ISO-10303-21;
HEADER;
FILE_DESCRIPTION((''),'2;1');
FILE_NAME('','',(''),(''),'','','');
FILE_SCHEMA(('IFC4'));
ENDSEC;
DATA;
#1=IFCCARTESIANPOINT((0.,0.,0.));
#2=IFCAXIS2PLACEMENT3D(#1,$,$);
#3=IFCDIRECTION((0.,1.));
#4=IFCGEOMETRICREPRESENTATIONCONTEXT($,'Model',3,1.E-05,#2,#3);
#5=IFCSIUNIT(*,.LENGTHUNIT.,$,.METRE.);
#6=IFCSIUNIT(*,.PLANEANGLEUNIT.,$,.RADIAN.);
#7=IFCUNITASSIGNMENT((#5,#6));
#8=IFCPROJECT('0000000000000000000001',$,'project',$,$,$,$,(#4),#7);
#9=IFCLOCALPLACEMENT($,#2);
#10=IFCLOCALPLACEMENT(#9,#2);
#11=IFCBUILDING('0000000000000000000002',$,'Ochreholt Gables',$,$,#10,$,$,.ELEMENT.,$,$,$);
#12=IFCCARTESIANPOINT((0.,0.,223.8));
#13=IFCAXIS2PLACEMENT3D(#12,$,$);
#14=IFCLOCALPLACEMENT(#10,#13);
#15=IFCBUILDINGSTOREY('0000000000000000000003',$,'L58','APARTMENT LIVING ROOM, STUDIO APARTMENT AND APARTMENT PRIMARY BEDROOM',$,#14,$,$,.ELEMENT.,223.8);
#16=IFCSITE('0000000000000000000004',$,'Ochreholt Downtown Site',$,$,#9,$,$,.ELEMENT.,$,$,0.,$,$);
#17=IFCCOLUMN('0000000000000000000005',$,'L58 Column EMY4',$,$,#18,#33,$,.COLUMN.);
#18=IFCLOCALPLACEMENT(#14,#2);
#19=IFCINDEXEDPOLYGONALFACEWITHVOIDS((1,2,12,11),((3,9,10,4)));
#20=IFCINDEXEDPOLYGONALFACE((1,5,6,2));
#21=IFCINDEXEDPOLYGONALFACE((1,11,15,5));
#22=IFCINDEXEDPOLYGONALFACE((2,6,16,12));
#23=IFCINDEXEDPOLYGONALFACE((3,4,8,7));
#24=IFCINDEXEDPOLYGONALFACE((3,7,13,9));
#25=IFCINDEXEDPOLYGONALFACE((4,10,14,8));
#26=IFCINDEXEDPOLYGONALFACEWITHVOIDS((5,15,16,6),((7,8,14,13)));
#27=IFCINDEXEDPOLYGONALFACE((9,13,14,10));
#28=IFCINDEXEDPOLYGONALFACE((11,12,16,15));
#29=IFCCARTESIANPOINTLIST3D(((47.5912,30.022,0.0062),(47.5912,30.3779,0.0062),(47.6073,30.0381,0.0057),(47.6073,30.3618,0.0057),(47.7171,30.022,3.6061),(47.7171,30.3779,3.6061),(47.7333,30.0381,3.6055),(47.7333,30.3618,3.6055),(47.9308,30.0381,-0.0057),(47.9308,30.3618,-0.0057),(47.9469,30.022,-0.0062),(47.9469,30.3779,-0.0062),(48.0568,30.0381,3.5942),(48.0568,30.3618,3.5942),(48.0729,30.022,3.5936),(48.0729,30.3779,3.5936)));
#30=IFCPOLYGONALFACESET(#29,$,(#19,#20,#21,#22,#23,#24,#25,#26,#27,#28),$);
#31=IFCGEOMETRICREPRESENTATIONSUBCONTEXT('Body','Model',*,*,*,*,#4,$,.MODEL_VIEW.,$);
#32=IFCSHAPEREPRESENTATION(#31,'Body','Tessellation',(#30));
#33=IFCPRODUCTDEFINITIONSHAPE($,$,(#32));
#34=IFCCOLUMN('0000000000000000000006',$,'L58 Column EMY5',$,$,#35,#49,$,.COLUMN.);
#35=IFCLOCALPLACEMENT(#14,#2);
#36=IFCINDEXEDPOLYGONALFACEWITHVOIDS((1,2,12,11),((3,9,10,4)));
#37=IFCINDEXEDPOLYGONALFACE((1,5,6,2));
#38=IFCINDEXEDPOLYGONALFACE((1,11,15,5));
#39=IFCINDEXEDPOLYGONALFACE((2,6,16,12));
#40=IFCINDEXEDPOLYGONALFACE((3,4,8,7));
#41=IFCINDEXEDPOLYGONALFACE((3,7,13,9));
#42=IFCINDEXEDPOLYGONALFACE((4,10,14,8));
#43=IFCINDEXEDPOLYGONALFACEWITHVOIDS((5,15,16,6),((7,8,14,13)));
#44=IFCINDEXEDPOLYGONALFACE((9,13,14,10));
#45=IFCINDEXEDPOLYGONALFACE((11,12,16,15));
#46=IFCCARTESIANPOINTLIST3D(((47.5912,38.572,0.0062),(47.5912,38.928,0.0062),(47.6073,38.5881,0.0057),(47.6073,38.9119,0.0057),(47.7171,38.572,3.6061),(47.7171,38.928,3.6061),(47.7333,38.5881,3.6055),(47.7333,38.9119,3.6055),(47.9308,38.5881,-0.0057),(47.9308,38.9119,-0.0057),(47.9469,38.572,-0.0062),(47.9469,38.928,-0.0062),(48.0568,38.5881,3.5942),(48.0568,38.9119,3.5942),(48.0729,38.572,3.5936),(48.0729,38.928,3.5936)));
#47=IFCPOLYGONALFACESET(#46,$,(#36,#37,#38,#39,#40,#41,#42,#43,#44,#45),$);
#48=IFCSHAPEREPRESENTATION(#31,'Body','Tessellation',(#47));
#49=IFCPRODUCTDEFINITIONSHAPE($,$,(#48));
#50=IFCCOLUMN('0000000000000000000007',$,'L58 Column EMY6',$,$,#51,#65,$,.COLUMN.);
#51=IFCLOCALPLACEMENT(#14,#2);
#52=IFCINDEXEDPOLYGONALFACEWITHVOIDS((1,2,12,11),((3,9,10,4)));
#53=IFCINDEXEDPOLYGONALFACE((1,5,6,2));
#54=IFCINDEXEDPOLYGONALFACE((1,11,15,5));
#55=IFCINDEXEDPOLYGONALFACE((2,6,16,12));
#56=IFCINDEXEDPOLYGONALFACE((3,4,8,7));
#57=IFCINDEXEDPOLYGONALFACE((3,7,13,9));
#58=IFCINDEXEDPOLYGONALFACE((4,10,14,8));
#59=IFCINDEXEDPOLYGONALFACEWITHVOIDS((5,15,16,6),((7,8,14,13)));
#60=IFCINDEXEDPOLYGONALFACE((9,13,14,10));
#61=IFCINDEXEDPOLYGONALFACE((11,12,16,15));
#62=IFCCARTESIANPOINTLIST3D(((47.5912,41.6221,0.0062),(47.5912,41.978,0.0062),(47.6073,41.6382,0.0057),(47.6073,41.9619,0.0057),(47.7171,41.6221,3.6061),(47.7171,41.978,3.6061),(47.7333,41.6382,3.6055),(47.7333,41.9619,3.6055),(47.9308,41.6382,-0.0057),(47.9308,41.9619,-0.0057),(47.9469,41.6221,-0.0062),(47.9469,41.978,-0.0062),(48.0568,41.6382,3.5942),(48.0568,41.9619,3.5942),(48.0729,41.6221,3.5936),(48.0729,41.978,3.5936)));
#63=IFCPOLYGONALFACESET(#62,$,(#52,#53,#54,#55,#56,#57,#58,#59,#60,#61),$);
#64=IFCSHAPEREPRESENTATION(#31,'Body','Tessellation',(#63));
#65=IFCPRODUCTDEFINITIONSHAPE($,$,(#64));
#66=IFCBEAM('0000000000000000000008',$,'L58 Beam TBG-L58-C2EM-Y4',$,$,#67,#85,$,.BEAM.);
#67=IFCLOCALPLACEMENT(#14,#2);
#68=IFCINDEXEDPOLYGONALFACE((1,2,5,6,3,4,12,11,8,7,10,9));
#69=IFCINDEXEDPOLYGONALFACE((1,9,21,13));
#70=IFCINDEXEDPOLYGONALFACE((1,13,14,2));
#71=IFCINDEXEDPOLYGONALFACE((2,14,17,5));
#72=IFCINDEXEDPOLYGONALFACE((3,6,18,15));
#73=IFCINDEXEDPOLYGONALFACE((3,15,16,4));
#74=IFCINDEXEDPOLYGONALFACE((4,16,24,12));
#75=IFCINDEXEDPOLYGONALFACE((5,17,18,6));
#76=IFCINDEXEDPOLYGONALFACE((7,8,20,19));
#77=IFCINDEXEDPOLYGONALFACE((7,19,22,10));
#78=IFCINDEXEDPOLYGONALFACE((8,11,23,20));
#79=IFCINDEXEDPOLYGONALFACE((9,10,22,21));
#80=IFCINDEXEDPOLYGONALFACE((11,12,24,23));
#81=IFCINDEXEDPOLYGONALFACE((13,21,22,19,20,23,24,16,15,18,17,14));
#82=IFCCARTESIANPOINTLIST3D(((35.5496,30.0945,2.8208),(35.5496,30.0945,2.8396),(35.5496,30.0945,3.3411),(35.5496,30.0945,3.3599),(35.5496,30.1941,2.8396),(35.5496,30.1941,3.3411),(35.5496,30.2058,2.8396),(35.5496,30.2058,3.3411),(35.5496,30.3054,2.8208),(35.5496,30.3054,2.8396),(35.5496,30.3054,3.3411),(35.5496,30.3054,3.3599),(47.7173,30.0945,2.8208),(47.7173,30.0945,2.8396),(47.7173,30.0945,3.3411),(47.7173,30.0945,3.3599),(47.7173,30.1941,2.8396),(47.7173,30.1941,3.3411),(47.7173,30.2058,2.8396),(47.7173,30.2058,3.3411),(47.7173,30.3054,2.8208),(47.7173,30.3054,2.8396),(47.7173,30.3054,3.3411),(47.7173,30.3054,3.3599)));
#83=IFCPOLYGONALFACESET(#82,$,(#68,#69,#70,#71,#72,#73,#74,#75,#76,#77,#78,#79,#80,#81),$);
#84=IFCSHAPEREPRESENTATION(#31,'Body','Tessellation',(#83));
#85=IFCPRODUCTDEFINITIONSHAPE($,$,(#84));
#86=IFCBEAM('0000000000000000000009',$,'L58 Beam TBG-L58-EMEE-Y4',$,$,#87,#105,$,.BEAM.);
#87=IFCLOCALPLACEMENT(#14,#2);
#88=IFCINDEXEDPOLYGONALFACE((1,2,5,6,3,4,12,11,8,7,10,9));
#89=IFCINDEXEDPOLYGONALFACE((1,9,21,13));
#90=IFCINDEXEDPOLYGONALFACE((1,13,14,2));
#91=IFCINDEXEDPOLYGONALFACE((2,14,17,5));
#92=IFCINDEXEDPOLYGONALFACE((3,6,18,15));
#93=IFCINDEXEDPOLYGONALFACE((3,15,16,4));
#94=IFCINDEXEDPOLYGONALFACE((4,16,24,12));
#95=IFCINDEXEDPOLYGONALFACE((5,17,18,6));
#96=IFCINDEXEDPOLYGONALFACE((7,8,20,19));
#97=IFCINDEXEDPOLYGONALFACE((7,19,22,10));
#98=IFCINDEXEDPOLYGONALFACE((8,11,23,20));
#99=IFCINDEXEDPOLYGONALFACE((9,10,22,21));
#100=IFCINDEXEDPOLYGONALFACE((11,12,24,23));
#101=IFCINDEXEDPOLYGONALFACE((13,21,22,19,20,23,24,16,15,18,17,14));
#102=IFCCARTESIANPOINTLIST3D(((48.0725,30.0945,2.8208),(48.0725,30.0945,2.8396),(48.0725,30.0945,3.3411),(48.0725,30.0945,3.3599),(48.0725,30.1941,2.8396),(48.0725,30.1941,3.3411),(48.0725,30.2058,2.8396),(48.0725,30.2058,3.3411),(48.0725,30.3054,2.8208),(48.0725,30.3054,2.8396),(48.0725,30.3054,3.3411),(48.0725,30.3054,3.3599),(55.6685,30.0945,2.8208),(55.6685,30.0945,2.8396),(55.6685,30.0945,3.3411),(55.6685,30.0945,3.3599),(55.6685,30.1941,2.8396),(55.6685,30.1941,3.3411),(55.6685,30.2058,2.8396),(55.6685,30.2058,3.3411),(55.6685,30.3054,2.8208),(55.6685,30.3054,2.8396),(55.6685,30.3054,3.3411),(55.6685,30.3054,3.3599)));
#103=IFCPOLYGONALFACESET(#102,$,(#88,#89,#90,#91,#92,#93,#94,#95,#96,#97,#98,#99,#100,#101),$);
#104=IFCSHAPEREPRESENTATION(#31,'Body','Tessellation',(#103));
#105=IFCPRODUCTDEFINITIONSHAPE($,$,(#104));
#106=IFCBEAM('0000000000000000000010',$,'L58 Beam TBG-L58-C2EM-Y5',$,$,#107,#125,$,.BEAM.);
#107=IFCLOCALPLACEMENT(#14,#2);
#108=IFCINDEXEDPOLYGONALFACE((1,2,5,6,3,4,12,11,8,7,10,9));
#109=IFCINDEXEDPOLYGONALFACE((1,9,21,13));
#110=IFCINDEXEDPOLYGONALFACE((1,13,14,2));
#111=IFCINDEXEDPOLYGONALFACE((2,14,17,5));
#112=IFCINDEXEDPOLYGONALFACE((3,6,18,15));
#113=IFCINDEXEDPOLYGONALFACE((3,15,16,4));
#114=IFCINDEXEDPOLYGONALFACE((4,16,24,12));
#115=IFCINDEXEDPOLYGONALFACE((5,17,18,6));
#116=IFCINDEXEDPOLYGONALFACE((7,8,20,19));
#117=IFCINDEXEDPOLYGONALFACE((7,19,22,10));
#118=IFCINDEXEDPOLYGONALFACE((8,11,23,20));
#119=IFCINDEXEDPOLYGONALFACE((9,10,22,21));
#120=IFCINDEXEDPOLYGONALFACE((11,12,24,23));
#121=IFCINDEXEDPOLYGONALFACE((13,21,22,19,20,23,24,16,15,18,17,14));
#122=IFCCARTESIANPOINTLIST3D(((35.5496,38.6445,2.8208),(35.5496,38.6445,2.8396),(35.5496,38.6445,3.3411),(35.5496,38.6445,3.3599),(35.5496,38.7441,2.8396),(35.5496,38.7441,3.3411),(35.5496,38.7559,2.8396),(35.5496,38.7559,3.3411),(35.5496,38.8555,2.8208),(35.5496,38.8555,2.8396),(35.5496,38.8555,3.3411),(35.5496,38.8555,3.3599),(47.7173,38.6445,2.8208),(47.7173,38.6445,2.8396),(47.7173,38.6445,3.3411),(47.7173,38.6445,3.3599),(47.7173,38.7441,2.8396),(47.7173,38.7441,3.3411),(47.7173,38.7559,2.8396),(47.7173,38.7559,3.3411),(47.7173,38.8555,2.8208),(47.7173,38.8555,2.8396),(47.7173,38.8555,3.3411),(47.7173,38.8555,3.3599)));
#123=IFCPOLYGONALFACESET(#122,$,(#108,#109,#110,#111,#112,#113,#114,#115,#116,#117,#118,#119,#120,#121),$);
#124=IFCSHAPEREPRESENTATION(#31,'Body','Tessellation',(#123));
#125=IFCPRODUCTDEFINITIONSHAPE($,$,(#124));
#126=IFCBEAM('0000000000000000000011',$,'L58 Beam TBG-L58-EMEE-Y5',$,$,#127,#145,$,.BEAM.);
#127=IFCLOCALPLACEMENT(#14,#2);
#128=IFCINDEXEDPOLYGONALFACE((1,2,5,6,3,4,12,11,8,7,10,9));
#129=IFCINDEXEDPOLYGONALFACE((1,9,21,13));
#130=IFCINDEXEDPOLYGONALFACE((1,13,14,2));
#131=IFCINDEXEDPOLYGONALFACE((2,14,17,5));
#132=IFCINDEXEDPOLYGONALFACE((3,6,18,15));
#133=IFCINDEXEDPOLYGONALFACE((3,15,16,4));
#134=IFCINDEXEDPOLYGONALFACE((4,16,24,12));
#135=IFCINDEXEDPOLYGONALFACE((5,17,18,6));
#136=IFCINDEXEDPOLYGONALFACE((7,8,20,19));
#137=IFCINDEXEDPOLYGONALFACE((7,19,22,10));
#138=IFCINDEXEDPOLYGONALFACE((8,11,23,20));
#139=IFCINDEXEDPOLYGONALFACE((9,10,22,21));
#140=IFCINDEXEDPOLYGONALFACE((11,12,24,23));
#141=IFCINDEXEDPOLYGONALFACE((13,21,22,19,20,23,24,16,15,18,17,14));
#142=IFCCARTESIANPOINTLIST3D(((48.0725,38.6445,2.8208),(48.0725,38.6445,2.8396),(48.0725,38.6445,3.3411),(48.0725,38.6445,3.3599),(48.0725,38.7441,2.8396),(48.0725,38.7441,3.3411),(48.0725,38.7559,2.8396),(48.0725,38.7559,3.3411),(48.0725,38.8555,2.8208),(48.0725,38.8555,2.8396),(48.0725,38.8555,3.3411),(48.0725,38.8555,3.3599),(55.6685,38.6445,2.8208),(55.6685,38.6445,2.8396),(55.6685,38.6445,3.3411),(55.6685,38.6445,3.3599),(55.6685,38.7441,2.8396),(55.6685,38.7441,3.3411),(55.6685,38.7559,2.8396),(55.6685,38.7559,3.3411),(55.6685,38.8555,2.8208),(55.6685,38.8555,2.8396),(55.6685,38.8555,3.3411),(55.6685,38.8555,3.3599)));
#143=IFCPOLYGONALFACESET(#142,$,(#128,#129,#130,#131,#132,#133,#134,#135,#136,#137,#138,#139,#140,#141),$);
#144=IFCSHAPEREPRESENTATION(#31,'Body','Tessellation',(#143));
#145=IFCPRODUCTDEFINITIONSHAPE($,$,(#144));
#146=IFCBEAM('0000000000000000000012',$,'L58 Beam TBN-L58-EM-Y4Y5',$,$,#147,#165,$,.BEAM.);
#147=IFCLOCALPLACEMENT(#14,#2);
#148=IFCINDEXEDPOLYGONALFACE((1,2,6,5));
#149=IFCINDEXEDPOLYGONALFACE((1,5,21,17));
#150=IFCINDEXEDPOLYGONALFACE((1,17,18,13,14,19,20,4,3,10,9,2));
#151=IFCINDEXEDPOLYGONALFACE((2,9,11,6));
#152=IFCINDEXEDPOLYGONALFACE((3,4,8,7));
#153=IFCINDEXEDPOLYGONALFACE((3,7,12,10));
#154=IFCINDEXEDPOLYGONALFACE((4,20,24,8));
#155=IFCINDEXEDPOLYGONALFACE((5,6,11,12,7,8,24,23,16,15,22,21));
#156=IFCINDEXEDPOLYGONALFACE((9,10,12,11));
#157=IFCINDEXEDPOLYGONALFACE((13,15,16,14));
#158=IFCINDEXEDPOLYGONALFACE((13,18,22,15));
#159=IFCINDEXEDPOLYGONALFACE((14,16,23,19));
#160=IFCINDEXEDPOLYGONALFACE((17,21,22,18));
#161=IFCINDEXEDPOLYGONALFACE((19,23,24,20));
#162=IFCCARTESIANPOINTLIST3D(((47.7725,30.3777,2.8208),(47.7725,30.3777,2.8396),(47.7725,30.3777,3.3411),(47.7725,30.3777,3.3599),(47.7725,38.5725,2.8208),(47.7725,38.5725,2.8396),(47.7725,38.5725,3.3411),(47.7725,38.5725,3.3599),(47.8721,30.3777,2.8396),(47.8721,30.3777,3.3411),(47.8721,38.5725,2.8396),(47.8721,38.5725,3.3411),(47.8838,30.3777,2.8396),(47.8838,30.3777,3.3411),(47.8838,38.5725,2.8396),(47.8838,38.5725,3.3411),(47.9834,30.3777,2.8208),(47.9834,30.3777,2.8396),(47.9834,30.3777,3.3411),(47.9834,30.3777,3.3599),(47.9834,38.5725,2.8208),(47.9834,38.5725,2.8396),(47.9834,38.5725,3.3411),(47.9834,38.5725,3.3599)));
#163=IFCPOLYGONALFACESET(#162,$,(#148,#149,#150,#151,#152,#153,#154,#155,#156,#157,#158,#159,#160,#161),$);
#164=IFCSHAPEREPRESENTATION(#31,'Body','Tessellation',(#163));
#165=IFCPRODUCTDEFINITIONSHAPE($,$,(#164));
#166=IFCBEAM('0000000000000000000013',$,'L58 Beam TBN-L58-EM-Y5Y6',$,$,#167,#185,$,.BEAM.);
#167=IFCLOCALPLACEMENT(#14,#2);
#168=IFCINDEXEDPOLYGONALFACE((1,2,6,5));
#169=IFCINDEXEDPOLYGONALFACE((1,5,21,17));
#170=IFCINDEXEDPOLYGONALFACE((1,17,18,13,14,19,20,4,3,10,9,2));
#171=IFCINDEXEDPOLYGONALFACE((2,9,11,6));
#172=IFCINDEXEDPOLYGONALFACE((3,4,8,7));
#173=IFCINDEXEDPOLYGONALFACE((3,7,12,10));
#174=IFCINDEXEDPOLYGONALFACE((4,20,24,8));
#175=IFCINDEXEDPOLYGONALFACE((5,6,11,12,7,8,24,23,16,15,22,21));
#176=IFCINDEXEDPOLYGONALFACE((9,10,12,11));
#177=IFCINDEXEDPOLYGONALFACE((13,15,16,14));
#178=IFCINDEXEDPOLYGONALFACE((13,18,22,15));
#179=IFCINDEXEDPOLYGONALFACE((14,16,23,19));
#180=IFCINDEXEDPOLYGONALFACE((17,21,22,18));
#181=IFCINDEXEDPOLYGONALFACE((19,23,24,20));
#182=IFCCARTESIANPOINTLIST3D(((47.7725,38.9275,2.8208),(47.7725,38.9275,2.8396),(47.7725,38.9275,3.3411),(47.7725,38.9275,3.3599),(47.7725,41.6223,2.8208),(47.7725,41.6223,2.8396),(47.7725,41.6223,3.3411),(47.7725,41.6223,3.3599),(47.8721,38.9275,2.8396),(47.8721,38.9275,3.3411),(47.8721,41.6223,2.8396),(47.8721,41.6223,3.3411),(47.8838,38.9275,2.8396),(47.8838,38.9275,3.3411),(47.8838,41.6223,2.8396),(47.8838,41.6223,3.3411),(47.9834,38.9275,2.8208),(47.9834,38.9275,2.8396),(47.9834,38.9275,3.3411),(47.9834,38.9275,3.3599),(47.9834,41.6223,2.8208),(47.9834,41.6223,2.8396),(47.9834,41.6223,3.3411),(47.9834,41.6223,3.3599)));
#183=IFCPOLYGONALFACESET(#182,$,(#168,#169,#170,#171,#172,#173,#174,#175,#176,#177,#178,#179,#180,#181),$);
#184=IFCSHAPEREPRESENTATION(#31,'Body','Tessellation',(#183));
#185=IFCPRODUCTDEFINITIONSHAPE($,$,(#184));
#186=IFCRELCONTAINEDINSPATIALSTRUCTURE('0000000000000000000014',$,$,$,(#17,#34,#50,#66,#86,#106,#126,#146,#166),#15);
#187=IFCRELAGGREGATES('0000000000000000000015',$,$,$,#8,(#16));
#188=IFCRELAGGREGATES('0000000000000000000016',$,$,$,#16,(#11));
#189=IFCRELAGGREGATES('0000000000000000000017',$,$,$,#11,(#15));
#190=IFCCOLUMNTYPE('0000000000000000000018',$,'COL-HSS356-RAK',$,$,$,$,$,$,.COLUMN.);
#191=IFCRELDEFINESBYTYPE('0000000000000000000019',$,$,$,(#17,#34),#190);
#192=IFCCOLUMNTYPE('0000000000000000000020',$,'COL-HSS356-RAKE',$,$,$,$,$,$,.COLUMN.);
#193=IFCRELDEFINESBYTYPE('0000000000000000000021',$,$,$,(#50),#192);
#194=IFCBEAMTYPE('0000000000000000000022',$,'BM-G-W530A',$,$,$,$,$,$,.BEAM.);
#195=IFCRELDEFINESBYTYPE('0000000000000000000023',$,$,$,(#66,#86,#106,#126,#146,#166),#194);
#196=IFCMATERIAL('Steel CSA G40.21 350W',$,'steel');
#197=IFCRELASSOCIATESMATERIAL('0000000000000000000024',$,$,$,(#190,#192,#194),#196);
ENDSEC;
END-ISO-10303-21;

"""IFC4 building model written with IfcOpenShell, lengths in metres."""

from ifc_helpers import new_model, si_unit, direction, frame, origin, origin_2d, place, context, subcontext, project, spatial, hollow_rectangle, i_section, extrude, material, material_profile, profile_set, type_object, element, save


model = new_model("IFC4")

# Units and contexts
model_context = context("Model", 3, precision=1e-05, world=origin(), true_north=direction((0.0, 1.0)))
body_context = subcontext(model_context, "Body", "Model", "MODEL_VIEW")
ifc_project = project(units=[si_unit("LENGTHUNIT", "METRE"), si_unit("PLANEANGLEUNIT", "RADIAN")], contexts=[model_context])

# Site, building, storey
site_placement = place(None, origin())
site = spatial("IfcSite", under=ifc_project, at=site_placement, Name="Ochreholt Downtown Site", CompositionType="ELEMENT", RefElevation=0.0)
building_placement = place(site_placement, origin())
building = spatial("IfcBuilding", under=site, at=building_placement, Name="Ochreholt Gables", CompositionType="ELEMENT")
storey_placement = place(building_placement, frame((0.0, 0.0, 223.8)))
storey = spatial("IfcBuildingStorey", under=building, at=storey_placement, Name="L58", Description="APARTMENT LIVING ROOM, STUDIO APARTMENT AND APARTMENT PRIMARY BEDROOM", CompositionType="ELEMENT", Elevation=223.8)

# Columns
ifc_material_1 = material(Name="Steel CSA G40.21 350W", Category="steel")
ifc_material_profile_1 = material_profile(ifc_material_1, hollow_rectangle(XDim=0.356, YDim=0.356, WallThickness=0.0161, at=origin_2d()), Name="HSS356X356X16")
ifc_profile_set_1 = profile_set([ifc_material_profile_1], Name="Steel CSA G40.21 350W")
column_type_1 = type_object("IfcColumnType", Name="COL-HSS356-RAK", PredefinedType="COLUMN", material=ifc_profile_set_1)
for number, where, z_axis, x_axis, name in (
    (1, (47.769, 30.2, 0.0), (0.034974, 0.0, 0.999388), (0.0, 1.0, 0.0), "L58 Column EMY4"),
    (2, (47.769, 38.75, 0.0), (0.034974, 0.0, 0.999388), (0.0, 1.0, 0.0), "L58 Column EMY5"),
):
    element("IfcColumn", number, at=place(storey_placement, frame(where, z_axis=z_axis, x_axis=x_axis)), inside=storey, type_object=column_type_1, Name=name, PredefinedType="COLUMN", context=body_context, shape_type="SweptSolid", body=[
        extrude(hollow_rectangle(XDim=0.356, YDim=0.356, WallThickness=0.0161, at=origin_2d()), origin(), (0.0, 0.0, 1.0), 3.6021),
    ])
ifc_material_profile_2 = material_profile(ifc_material_1, hollow_rectangle(XDim=0.356, YDim=0.356, WallThickness=0.0161, at=origin_2d()), Name="HSS356X356X16")
ifc_profile_set_2 = profile_set([ifc_material_profile_2], Name="Steel CSA G40.21 350W")
column_type_2 = type_object("IfcColumnType", Name="COL-HSS356-RAKE", PredefinedType="COLUMN", material=ifc_profile_set_2)
column_placement = place(storey_placement, frame((47.769, 41.8, 0.0), z_axis=(0.034974, 0.0, 0.999388), x_axis=(0.0, 1.0, 0.0)))
element("IfcColumn", 3, at=column_placement, inside=storey, type_object=column_type_2, Name="L58 Column EMY6", PredefinedType="COLUMN", context=body_context, shape_type="SweptSolid", body=[
    extrude(hollow_rectangle(XDim=0.356, YDim=0.356, WallThickness=0.0161, at=origin_2d()), origin(), (0.0, 0.0, 1.0), 3.6021),
])

# Beams
ifc_material_profile_3 = material_profile(ifc_material_1, i_section(OverallWidth=0.2109, OverallDepth=0.5391, WebThickness=0.0117, FlangeThickness=0.0188, at=origin_2d()), Name="W530X109")
ifc_profile_set_3 = profile_set([ifc_material_profile_3], Name="Steel CSA G40.21 350W")
beam_type_1 = type_object("IfcBeamType", Name="BM-G-W530A", PredefinedType="BEAM", material=ifc_profile_set_3)
beam_1_placement = place(storey_placement, frame((35.5496, 30.2, 3.0903), z_axis=(1.0, 0.0, 0.0), x_axis=(0.0, 1.0, 0.0)))
element("IfcBeam", 4, at=beam_1_placement, inside=storey, type_object=beam_type_1, Name="L58 Beam TBG-L58-C2EM-Y4", PredefinedType="BEAM", context=body_context, shape_type="SweptSolid", body=[
    extrude(i_section(OverallWidth=0.2109, OverallDepth=0.5391, WebThickness=0.0117, FlangeThickness=0.0188, at=origin_2d()), origin(), (0.0, 0.0, 1.0), 12.1677),
])
beam_2_placement = place(storey_placement, frame((48.0725, 30.2, 3.0903), z_axis=(1.0, 0.0, 0.0), x_axis=(0.0, 1.0, 0.0)))
element("IfcBeam", 5, at=beam_2_placement, inside=storey, type_object=beam_type_1, Name="L58 Beam TBG-L58-EMEE-Y4", PredefinedType="BEAM", context=body_context, shape_type="SweptSolid", body=[
    extrude(i_section(OverallWidth=0.2109, OverallDepth=0.5391, WebThickness=0.0117, FlangeThickness=0.0188, at=origin_2d()), origin(), (0.0, 0.0, 1.0), 7.5959),
])
beam_3_placement = place(storey_placement, frame((35.5496, 38.75, 3.0903), z_axis=(1.0, 0.0, 0.0), x_axis=(0.0, 1.0, 0.0)))
element("IfcBeam", 6, at=beam_3_placement, inside=storey, type_object=beam_type_1, Name="L58 Beam TBG-L58-C2EM-Y5", PredefinedType="BEAM", context=body_context, shape_type="SweptSolid", body=[
    extrude(i_section(OverallWidth=0.2109, OverallDepth=0.5391, WebThickness=0.0117, FlangeThickness=0.0188, at=origin_2d()), origin(), (0.0, 0.0, 1.0), 12.1677),
])
beam_4_placement = place(storey_placement, frame((48.0725, 38.75, 3.0903), z_axis=(1.0, 0.0, 0.0), x_axis=(0.0, 1.0, 0.0)))
element("IfcBeam", 7, at=beam_4_placement, inside=storey, type_object=beam_type_1, Name="L58 Beam TBG-L58-EMEE-Y5", PredefinedType="BEAM", context=body_context, shape_type="SweptSolid", body=[
    extrude(i_section(OverallWidth=0.2109, OverallDepth=0.5391, WebThickness=0.0117, FlangeThickness=0.0188, at=origin_2d()), origin(), (0.0, 0.0, 1.0), 7.5959),
])
beam_5_placement = place(storey_placement, frame((47.8779, 30.3777, 3.0903), z_axis=(0.0, 1.0, 0.0), x_axis=(-1.0, 0.0, 0.0)))
element("IfcBeam", 8, at=beam_5_placement, inside=storey, type_object=beam_type_1, Name="L58 Beam TBN-L58-EM-Y4Y5", PredefinedType="BEAM", context=body_context, shape_type="SweptSolid", body=[
    extrude(i_section(OverallWidth=0.2109, OverallDepth=0.5391, WebThickness=0.0117, FlangeThickness=0.0188, at=origin_2d()), origin(), (0.0, 0.0, 1.0), 8.1948),
])
beam_6_placement = place(storey_placement, frame((47.8779, 38.9275, 3.0903), z_axis=(0.0, 1.0, 0.0), x_axis=(-1.0, 0.0, 0.0)))
element("IfcBeam", 9, at=beam_6_placement, inside=storey, type_object=beam_type_1, Name="L58 Beam TBN-L58-EM-Y5Y6", PredefinedType="BEAM", context=body_context, shape_type="SweptSolid", body=[
    extrude(i_section(OverallWidth=0.2109, OverallDepth=0.5391, WebThickness=0.0117, FlangeThickness=0.0188, at=origin_2d()), origin(), (0.0, 0.0, 1.0), 2.6948),
])

save(model, "model.ifc")
